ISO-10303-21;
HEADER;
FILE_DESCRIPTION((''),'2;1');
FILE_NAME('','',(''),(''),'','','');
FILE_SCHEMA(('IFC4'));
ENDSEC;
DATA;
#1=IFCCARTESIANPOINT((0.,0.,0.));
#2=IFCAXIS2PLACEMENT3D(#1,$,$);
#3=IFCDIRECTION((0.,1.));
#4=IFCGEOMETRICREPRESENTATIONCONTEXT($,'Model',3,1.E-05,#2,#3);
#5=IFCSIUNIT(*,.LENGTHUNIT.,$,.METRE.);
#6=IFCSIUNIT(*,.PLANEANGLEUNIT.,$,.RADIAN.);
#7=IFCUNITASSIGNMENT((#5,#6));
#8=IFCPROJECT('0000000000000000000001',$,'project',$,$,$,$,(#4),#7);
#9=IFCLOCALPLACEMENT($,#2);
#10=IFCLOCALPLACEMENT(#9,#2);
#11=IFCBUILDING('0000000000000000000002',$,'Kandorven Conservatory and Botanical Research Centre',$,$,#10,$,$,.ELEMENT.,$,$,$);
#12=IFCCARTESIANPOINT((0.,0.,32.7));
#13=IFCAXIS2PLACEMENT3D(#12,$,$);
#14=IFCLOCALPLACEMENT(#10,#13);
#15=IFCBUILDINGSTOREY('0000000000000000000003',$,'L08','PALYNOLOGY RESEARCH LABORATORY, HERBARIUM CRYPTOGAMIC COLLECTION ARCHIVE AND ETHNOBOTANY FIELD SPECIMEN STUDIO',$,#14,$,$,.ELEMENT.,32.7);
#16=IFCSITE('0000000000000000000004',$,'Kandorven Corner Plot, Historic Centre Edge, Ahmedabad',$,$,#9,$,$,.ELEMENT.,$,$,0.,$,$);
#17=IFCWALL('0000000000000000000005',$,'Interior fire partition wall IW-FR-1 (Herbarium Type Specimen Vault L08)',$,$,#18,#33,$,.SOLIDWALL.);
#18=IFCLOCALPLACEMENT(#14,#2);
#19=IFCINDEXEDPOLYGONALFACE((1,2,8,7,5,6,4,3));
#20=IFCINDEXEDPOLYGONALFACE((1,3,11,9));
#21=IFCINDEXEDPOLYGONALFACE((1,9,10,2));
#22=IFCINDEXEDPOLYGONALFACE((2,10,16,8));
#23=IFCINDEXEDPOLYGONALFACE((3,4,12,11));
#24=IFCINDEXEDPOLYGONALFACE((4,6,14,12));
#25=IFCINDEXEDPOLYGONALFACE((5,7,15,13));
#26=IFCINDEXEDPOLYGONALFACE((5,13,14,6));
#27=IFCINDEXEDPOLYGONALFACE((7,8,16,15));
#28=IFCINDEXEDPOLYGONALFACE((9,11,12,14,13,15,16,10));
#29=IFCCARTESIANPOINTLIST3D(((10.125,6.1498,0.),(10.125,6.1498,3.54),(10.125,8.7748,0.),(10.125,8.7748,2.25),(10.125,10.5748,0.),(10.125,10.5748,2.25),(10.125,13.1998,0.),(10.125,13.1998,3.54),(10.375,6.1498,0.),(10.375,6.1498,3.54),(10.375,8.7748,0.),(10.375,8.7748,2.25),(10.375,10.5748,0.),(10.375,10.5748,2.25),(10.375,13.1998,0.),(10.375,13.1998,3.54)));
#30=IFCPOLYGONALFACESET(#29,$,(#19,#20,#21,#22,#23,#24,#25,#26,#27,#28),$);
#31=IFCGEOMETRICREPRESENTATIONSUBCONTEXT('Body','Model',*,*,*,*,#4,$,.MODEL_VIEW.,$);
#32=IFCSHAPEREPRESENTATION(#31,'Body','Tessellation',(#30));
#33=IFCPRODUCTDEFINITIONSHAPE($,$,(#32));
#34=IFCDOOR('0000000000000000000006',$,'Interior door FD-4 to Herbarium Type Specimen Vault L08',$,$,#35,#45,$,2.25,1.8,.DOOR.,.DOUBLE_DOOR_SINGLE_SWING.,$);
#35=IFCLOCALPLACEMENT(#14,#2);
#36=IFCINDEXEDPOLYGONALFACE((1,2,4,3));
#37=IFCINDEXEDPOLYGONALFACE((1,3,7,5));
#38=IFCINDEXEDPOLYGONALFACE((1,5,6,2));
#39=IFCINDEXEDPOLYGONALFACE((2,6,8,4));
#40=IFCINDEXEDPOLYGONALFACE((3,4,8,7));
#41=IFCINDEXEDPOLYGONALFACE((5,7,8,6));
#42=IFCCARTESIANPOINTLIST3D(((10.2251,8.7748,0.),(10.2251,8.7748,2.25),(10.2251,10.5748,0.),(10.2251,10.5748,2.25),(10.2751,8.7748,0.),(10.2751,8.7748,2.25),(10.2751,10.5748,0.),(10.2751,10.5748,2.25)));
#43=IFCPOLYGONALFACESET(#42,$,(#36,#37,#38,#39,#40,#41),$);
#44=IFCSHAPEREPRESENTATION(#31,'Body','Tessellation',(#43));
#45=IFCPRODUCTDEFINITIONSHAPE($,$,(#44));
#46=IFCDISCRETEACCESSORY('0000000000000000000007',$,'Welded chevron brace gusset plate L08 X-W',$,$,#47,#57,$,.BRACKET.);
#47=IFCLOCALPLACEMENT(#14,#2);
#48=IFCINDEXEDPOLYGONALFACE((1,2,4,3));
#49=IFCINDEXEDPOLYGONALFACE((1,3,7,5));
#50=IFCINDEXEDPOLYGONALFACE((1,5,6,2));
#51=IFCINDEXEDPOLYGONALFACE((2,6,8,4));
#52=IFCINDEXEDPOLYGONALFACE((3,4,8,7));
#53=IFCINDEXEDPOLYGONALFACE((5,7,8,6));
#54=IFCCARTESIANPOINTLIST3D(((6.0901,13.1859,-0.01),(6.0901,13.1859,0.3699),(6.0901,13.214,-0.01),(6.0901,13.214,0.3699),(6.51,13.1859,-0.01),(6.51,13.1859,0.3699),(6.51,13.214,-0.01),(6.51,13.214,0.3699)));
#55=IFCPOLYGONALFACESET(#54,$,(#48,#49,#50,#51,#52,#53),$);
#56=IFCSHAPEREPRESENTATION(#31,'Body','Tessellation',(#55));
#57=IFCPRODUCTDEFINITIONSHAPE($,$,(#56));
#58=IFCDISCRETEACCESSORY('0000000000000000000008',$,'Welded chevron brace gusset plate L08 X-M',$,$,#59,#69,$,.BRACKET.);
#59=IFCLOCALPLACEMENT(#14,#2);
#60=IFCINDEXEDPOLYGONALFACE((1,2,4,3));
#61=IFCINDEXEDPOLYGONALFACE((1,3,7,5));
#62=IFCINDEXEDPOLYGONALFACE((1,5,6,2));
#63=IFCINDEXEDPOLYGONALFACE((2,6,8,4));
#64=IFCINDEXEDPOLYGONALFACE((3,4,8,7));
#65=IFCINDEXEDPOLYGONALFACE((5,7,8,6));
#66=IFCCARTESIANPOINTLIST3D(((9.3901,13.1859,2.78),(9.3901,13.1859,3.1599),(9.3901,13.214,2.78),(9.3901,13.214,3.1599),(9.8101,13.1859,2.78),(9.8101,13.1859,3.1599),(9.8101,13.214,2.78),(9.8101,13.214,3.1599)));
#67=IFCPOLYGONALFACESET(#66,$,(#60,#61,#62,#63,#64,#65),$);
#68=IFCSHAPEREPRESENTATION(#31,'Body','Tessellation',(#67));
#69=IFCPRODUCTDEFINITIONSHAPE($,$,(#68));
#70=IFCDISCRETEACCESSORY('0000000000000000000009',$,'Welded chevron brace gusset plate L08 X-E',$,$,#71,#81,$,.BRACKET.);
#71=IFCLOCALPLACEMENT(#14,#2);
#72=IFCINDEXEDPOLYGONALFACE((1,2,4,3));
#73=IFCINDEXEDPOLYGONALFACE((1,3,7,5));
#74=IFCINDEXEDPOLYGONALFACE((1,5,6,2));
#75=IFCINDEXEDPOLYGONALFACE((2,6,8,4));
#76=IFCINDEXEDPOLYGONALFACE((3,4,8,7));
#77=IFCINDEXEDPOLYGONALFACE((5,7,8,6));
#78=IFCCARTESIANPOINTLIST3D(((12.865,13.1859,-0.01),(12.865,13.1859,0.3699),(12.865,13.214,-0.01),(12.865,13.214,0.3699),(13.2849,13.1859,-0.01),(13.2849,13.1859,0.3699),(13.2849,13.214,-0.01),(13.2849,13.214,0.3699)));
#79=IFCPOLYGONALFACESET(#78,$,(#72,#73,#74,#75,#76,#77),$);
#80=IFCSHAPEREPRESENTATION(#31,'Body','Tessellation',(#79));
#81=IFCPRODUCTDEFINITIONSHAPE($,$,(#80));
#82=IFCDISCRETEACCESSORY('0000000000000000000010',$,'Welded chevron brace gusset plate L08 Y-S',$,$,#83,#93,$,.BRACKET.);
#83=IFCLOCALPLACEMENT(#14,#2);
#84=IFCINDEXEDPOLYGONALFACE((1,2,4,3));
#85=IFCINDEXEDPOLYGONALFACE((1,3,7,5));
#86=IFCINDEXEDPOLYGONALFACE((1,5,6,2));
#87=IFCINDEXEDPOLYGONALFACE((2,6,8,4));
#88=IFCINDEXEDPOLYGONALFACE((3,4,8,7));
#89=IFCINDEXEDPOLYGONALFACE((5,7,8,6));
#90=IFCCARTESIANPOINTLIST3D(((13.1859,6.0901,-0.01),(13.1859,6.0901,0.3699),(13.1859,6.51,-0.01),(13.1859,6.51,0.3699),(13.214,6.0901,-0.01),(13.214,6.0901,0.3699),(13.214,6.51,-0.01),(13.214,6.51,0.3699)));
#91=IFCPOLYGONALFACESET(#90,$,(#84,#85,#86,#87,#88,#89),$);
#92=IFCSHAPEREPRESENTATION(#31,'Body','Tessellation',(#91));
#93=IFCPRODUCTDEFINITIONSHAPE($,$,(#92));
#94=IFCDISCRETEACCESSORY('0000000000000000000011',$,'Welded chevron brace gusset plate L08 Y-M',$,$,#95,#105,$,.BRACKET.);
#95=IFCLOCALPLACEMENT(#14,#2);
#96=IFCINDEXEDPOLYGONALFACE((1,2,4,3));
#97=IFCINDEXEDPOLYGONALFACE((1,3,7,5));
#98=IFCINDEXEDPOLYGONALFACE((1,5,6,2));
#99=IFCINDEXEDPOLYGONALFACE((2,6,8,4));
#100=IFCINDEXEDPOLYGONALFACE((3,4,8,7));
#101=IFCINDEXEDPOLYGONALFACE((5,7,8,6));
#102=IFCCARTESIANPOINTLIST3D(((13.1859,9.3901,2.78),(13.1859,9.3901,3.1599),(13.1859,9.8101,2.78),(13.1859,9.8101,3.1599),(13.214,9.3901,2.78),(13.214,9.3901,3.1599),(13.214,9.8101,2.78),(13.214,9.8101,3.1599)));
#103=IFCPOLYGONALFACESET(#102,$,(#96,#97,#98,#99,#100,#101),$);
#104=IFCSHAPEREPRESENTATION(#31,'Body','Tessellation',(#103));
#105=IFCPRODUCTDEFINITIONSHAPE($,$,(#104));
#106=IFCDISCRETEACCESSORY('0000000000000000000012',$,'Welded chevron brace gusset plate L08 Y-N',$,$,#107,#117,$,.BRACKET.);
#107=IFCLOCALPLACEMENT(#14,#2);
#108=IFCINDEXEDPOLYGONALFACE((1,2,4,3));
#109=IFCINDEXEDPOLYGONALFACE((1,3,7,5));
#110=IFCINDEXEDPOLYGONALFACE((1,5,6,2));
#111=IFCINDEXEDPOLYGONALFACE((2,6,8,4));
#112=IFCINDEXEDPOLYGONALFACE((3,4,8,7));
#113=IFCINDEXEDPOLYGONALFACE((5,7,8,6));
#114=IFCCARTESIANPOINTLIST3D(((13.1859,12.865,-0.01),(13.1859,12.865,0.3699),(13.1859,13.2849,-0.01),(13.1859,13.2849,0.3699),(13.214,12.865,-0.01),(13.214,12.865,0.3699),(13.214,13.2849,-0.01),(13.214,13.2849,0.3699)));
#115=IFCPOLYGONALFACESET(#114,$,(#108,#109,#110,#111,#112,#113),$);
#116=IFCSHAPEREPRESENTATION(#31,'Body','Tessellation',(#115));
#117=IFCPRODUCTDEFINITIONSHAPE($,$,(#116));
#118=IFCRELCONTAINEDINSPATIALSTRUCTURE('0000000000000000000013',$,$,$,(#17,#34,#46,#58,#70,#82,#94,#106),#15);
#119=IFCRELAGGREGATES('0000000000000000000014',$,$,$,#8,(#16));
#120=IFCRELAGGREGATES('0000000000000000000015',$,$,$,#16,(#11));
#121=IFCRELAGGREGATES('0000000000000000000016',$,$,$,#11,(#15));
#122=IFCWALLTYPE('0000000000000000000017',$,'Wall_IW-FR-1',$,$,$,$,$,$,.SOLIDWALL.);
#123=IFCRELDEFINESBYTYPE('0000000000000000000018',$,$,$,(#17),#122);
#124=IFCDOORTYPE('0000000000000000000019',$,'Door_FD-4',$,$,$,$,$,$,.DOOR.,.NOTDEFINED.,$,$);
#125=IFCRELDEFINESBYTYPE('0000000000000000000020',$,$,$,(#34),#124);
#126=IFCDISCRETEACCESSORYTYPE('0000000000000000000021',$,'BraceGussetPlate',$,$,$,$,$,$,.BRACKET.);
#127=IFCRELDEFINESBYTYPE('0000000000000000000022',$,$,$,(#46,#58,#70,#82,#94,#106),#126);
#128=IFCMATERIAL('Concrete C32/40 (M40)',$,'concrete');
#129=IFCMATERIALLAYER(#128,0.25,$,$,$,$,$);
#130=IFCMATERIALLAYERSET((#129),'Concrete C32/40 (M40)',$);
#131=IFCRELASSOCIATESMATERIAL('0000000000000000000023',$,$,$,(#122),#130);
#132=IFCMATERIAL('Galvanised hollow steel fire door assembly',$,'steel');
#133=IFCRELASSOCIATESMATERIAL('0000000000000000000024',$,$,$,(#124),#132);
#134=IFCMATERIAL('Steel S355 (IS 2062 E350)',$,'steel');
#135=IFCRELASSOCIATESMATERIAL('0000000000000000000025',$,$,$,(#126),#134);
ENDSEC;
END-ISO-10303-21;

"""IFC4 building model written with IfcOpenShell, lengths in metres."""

from ifc_helpers import new_model, si_unit, direction, frame, frame_2d, origin, origin_2d, place, context, subcontext, project, spatial, rectangle, extrude, material, layer, layer_set, type_object, element, fill, save


model = new_model("IFC4")

# Units and contexts
model_context = context("Model", 3, precision=1e-05, world=origin(), true_north=direction((0.0, 1.0)))
body_context = subcontext(model_context, "Body", "Model", "MODEL_VIEW")
ifc_project = project(units=[si_unit("LENGTHUNIT", "METRE"), si_unit("PLANEANGLEUNIT", "RADIAN")], contexts=[model_context])

# Site, building, storey
site_placement = place(None, origin())
site = spatial("IfcSite", under=ifc_project, at=site_placement, Name="Kandorven Corner Plot, Historic Centre Edge, Ahmedabad", CompositionType="ELEMENT", RefElevation=0.0)
building_placement = place(site_placement, origin())
building = spatial("IfcBuilding", under=site, at=building_placement, Name="Kandorven Conservatory and Botanical Research Centre", CompositionType="ELEMENT")
storey_placement = place(building_placement, frame((0.0, 0.0, 32.7)))
storey = spatial("IfcBuildingStorey", under=building, at=storey_placement, Name="L08", Description="PALYNOLOGY RESEARCH LABORATORY, HERBARIUM CRYPTOGAMIC COLLECTION ARCHIVE AND ETHNOBOTANY FIELD SPECIMEN STUDIO", CompositionType="ELEMENT", Elevation=32.7)

# Wall, opening, door
ifc_material_1 = material(Name="Concrete C32/40 (M40)", Category="concrete")
ifc_layer_1 = layer(ifc_material_1, 0.25)
ifc_layer_set_1 = layer_set([ifc_layer_1], Name="Concrete C32/40 (M40)")
wall_type_1 = type_object("IfcWallType", Name="Wall_IW-FR-1", PredefinedType="SOLIDWALL", material=ifc_layer_set_1)
wall_1_placement = place(storey_placement, frame((10.25, 6.1499, 0.0), z_axis=(0.0, 0.0, 1.0), x_axis=(0.0, 1.0, 0.0)))
wall_1 = element("IfcWall", 1, at=wall_1_placement, inside=storey, type_object=wall_type_1, Name="Interior fire partition wall IW-FR-1 (Herbarium Type Specimen Vault L08)", PredefinedType="SOLIDWALL", context=body_context, shape_type="SweptSolid", body=[
    extrude(rectangle(XDim=7.05, YDim=0.25, at=frame_2d((3.5249, 0.0))), origin(), (0.0, 0.0, 1.0), 3.54),
])
opening_1_placement = place(wall_1_placement, frame((2.625, 0.0, 0.0)))
opening_1 = element("IfcOpeningElement", 2, at=opening_1_placement, cuts=wall_1, PredefinedType="OPENING", context=body_context, shape_type="SweptSolid", body=[
    extrude(rectangle(XDim=1.8, YDim=2.25, at=frame_2d((0.8999, 1.125))), frame((0.0, 0.135, 0.0), z_axis=(0.0, -1.0, 0.0), x_axis=(1.0, 0.0, 0.0)), (0.0, 0.0, 1.0), 0.27),
])
ifc_material_2 = material(Name="Galvanised hollow steel fire door assembly", Category="steel")
door_type_1 = type_object("IfcDoorType", Name="Door_FD-4", OperationType="NOTDEFINED", PredefinedType="DOOR", material=ifc_material_2)
door_1_placement = place(opening_1_placement, origin())
door_1 = element("IfcDoor", 3, at=door_1_placement, inside=storey, type_object=door_type_1, Name="Interior door FD-4 to Herbarium Type Specimen Vault L08", OperationType="DOUBLE_DOOR_SINGLE_SWING", OverallHeight=2.25, OverallWidth=1.8, PredefinedType="DOOR", context=body_context, shape_type="SweptSolid", body=[
    extrude(rectangle(XDim=1.8, YDim=2.25, at=frame_2d((0.8999, 1.125))), frame((0.0, 0.0249, 0.0), z_axis=(0.0, -1.0, 0.0), x_axis=(1.0, 0.0, 0.0)), (0.0, 0.0, 1.0), 0.05),
])
fill(opening_1, door_1)

# Discrete accessories
ifc_material_3 = material(Name="Steel S355 (IS 2062 E350)", Category="steel")
discrete_accessory_type = type_object("IfcDiscreteAccessoryType", Name="BraceGussetPlate", PredefinedType="BRACKET", material=ifc_material_3)
for number, where, z_axis, x_axis, name in (
    (4, (6.3, 13.2, -0.01), (0.0, 0.0, 1.0), (1.0, 0.0, 0.0), "Welded chevron brace gusset plate L08 X-W"),
    (5, (9.6001, 13.2, 2.78), (0.0, 0.0, 1.0), (1.0, 0.0, 0.0), "Welded chevron brace gusset plate L08 X-M"),
    (6, (13.075, 13.2, -0.01), (0.0, 0.0, 1.0), (1.0, 0.0, 0.0), "Welded chevron brace gusset plate L08 X-E"),
):
    element("IfcDiscreteAccessory", number, at=place(storey_placement, frame(where, z_axis=z_axis, x_axis=x_axis)), inside=storey, type_object=discrete_accessory_type, Name=name, PredefinedType="BRACKET", context=body_context, shape_type="SweptSolid", body=[
        extrude(rectangle(XDim=0.4199, YDim=0.0281, at=origin_2d()), origin(), (0.0, 0.0, 1.0), 0.3799),
    ])
for number, where, z_axis, x_axis, name in (
    (7, (13.2, 6.3, -0.01), (0.0, 0.0, 1.0), (1.0, 0.0, 0.0), "Welded chevron brace gusset plate L08 Y-S"),
    (8, (13.2, 9.6001, 2.78), (0.0, 0.0, 1.0), (1.0, 0.0, 0.0), "Welded chevron brace gusset plate L08 Y-M"),
    (9, (13.2, 13.075, -0.01), (0.0, 0.0, 1.0), (1.0, 0.0, 0.0), "Welded chevron brace gusset plate L08 Y-N"),
):
    element("IfcDiscreteAccessory", number, at=place(storey_placement, frame(where, z_axis=z_axis, x_axis=x_axis)), inside=storey, type_object=discrete_accessory_type, Name=name, PredefinedType="BRACKET", context=body_context, shape_type="SweptSolid", body=[
        extrude(rectangle(XDim=0.0281, YDim=0.4199, at=origin_2d()), origin(), (0.0, 0.0, 1.0), 0.3799),
    ])

save(model, "model.ifc")
